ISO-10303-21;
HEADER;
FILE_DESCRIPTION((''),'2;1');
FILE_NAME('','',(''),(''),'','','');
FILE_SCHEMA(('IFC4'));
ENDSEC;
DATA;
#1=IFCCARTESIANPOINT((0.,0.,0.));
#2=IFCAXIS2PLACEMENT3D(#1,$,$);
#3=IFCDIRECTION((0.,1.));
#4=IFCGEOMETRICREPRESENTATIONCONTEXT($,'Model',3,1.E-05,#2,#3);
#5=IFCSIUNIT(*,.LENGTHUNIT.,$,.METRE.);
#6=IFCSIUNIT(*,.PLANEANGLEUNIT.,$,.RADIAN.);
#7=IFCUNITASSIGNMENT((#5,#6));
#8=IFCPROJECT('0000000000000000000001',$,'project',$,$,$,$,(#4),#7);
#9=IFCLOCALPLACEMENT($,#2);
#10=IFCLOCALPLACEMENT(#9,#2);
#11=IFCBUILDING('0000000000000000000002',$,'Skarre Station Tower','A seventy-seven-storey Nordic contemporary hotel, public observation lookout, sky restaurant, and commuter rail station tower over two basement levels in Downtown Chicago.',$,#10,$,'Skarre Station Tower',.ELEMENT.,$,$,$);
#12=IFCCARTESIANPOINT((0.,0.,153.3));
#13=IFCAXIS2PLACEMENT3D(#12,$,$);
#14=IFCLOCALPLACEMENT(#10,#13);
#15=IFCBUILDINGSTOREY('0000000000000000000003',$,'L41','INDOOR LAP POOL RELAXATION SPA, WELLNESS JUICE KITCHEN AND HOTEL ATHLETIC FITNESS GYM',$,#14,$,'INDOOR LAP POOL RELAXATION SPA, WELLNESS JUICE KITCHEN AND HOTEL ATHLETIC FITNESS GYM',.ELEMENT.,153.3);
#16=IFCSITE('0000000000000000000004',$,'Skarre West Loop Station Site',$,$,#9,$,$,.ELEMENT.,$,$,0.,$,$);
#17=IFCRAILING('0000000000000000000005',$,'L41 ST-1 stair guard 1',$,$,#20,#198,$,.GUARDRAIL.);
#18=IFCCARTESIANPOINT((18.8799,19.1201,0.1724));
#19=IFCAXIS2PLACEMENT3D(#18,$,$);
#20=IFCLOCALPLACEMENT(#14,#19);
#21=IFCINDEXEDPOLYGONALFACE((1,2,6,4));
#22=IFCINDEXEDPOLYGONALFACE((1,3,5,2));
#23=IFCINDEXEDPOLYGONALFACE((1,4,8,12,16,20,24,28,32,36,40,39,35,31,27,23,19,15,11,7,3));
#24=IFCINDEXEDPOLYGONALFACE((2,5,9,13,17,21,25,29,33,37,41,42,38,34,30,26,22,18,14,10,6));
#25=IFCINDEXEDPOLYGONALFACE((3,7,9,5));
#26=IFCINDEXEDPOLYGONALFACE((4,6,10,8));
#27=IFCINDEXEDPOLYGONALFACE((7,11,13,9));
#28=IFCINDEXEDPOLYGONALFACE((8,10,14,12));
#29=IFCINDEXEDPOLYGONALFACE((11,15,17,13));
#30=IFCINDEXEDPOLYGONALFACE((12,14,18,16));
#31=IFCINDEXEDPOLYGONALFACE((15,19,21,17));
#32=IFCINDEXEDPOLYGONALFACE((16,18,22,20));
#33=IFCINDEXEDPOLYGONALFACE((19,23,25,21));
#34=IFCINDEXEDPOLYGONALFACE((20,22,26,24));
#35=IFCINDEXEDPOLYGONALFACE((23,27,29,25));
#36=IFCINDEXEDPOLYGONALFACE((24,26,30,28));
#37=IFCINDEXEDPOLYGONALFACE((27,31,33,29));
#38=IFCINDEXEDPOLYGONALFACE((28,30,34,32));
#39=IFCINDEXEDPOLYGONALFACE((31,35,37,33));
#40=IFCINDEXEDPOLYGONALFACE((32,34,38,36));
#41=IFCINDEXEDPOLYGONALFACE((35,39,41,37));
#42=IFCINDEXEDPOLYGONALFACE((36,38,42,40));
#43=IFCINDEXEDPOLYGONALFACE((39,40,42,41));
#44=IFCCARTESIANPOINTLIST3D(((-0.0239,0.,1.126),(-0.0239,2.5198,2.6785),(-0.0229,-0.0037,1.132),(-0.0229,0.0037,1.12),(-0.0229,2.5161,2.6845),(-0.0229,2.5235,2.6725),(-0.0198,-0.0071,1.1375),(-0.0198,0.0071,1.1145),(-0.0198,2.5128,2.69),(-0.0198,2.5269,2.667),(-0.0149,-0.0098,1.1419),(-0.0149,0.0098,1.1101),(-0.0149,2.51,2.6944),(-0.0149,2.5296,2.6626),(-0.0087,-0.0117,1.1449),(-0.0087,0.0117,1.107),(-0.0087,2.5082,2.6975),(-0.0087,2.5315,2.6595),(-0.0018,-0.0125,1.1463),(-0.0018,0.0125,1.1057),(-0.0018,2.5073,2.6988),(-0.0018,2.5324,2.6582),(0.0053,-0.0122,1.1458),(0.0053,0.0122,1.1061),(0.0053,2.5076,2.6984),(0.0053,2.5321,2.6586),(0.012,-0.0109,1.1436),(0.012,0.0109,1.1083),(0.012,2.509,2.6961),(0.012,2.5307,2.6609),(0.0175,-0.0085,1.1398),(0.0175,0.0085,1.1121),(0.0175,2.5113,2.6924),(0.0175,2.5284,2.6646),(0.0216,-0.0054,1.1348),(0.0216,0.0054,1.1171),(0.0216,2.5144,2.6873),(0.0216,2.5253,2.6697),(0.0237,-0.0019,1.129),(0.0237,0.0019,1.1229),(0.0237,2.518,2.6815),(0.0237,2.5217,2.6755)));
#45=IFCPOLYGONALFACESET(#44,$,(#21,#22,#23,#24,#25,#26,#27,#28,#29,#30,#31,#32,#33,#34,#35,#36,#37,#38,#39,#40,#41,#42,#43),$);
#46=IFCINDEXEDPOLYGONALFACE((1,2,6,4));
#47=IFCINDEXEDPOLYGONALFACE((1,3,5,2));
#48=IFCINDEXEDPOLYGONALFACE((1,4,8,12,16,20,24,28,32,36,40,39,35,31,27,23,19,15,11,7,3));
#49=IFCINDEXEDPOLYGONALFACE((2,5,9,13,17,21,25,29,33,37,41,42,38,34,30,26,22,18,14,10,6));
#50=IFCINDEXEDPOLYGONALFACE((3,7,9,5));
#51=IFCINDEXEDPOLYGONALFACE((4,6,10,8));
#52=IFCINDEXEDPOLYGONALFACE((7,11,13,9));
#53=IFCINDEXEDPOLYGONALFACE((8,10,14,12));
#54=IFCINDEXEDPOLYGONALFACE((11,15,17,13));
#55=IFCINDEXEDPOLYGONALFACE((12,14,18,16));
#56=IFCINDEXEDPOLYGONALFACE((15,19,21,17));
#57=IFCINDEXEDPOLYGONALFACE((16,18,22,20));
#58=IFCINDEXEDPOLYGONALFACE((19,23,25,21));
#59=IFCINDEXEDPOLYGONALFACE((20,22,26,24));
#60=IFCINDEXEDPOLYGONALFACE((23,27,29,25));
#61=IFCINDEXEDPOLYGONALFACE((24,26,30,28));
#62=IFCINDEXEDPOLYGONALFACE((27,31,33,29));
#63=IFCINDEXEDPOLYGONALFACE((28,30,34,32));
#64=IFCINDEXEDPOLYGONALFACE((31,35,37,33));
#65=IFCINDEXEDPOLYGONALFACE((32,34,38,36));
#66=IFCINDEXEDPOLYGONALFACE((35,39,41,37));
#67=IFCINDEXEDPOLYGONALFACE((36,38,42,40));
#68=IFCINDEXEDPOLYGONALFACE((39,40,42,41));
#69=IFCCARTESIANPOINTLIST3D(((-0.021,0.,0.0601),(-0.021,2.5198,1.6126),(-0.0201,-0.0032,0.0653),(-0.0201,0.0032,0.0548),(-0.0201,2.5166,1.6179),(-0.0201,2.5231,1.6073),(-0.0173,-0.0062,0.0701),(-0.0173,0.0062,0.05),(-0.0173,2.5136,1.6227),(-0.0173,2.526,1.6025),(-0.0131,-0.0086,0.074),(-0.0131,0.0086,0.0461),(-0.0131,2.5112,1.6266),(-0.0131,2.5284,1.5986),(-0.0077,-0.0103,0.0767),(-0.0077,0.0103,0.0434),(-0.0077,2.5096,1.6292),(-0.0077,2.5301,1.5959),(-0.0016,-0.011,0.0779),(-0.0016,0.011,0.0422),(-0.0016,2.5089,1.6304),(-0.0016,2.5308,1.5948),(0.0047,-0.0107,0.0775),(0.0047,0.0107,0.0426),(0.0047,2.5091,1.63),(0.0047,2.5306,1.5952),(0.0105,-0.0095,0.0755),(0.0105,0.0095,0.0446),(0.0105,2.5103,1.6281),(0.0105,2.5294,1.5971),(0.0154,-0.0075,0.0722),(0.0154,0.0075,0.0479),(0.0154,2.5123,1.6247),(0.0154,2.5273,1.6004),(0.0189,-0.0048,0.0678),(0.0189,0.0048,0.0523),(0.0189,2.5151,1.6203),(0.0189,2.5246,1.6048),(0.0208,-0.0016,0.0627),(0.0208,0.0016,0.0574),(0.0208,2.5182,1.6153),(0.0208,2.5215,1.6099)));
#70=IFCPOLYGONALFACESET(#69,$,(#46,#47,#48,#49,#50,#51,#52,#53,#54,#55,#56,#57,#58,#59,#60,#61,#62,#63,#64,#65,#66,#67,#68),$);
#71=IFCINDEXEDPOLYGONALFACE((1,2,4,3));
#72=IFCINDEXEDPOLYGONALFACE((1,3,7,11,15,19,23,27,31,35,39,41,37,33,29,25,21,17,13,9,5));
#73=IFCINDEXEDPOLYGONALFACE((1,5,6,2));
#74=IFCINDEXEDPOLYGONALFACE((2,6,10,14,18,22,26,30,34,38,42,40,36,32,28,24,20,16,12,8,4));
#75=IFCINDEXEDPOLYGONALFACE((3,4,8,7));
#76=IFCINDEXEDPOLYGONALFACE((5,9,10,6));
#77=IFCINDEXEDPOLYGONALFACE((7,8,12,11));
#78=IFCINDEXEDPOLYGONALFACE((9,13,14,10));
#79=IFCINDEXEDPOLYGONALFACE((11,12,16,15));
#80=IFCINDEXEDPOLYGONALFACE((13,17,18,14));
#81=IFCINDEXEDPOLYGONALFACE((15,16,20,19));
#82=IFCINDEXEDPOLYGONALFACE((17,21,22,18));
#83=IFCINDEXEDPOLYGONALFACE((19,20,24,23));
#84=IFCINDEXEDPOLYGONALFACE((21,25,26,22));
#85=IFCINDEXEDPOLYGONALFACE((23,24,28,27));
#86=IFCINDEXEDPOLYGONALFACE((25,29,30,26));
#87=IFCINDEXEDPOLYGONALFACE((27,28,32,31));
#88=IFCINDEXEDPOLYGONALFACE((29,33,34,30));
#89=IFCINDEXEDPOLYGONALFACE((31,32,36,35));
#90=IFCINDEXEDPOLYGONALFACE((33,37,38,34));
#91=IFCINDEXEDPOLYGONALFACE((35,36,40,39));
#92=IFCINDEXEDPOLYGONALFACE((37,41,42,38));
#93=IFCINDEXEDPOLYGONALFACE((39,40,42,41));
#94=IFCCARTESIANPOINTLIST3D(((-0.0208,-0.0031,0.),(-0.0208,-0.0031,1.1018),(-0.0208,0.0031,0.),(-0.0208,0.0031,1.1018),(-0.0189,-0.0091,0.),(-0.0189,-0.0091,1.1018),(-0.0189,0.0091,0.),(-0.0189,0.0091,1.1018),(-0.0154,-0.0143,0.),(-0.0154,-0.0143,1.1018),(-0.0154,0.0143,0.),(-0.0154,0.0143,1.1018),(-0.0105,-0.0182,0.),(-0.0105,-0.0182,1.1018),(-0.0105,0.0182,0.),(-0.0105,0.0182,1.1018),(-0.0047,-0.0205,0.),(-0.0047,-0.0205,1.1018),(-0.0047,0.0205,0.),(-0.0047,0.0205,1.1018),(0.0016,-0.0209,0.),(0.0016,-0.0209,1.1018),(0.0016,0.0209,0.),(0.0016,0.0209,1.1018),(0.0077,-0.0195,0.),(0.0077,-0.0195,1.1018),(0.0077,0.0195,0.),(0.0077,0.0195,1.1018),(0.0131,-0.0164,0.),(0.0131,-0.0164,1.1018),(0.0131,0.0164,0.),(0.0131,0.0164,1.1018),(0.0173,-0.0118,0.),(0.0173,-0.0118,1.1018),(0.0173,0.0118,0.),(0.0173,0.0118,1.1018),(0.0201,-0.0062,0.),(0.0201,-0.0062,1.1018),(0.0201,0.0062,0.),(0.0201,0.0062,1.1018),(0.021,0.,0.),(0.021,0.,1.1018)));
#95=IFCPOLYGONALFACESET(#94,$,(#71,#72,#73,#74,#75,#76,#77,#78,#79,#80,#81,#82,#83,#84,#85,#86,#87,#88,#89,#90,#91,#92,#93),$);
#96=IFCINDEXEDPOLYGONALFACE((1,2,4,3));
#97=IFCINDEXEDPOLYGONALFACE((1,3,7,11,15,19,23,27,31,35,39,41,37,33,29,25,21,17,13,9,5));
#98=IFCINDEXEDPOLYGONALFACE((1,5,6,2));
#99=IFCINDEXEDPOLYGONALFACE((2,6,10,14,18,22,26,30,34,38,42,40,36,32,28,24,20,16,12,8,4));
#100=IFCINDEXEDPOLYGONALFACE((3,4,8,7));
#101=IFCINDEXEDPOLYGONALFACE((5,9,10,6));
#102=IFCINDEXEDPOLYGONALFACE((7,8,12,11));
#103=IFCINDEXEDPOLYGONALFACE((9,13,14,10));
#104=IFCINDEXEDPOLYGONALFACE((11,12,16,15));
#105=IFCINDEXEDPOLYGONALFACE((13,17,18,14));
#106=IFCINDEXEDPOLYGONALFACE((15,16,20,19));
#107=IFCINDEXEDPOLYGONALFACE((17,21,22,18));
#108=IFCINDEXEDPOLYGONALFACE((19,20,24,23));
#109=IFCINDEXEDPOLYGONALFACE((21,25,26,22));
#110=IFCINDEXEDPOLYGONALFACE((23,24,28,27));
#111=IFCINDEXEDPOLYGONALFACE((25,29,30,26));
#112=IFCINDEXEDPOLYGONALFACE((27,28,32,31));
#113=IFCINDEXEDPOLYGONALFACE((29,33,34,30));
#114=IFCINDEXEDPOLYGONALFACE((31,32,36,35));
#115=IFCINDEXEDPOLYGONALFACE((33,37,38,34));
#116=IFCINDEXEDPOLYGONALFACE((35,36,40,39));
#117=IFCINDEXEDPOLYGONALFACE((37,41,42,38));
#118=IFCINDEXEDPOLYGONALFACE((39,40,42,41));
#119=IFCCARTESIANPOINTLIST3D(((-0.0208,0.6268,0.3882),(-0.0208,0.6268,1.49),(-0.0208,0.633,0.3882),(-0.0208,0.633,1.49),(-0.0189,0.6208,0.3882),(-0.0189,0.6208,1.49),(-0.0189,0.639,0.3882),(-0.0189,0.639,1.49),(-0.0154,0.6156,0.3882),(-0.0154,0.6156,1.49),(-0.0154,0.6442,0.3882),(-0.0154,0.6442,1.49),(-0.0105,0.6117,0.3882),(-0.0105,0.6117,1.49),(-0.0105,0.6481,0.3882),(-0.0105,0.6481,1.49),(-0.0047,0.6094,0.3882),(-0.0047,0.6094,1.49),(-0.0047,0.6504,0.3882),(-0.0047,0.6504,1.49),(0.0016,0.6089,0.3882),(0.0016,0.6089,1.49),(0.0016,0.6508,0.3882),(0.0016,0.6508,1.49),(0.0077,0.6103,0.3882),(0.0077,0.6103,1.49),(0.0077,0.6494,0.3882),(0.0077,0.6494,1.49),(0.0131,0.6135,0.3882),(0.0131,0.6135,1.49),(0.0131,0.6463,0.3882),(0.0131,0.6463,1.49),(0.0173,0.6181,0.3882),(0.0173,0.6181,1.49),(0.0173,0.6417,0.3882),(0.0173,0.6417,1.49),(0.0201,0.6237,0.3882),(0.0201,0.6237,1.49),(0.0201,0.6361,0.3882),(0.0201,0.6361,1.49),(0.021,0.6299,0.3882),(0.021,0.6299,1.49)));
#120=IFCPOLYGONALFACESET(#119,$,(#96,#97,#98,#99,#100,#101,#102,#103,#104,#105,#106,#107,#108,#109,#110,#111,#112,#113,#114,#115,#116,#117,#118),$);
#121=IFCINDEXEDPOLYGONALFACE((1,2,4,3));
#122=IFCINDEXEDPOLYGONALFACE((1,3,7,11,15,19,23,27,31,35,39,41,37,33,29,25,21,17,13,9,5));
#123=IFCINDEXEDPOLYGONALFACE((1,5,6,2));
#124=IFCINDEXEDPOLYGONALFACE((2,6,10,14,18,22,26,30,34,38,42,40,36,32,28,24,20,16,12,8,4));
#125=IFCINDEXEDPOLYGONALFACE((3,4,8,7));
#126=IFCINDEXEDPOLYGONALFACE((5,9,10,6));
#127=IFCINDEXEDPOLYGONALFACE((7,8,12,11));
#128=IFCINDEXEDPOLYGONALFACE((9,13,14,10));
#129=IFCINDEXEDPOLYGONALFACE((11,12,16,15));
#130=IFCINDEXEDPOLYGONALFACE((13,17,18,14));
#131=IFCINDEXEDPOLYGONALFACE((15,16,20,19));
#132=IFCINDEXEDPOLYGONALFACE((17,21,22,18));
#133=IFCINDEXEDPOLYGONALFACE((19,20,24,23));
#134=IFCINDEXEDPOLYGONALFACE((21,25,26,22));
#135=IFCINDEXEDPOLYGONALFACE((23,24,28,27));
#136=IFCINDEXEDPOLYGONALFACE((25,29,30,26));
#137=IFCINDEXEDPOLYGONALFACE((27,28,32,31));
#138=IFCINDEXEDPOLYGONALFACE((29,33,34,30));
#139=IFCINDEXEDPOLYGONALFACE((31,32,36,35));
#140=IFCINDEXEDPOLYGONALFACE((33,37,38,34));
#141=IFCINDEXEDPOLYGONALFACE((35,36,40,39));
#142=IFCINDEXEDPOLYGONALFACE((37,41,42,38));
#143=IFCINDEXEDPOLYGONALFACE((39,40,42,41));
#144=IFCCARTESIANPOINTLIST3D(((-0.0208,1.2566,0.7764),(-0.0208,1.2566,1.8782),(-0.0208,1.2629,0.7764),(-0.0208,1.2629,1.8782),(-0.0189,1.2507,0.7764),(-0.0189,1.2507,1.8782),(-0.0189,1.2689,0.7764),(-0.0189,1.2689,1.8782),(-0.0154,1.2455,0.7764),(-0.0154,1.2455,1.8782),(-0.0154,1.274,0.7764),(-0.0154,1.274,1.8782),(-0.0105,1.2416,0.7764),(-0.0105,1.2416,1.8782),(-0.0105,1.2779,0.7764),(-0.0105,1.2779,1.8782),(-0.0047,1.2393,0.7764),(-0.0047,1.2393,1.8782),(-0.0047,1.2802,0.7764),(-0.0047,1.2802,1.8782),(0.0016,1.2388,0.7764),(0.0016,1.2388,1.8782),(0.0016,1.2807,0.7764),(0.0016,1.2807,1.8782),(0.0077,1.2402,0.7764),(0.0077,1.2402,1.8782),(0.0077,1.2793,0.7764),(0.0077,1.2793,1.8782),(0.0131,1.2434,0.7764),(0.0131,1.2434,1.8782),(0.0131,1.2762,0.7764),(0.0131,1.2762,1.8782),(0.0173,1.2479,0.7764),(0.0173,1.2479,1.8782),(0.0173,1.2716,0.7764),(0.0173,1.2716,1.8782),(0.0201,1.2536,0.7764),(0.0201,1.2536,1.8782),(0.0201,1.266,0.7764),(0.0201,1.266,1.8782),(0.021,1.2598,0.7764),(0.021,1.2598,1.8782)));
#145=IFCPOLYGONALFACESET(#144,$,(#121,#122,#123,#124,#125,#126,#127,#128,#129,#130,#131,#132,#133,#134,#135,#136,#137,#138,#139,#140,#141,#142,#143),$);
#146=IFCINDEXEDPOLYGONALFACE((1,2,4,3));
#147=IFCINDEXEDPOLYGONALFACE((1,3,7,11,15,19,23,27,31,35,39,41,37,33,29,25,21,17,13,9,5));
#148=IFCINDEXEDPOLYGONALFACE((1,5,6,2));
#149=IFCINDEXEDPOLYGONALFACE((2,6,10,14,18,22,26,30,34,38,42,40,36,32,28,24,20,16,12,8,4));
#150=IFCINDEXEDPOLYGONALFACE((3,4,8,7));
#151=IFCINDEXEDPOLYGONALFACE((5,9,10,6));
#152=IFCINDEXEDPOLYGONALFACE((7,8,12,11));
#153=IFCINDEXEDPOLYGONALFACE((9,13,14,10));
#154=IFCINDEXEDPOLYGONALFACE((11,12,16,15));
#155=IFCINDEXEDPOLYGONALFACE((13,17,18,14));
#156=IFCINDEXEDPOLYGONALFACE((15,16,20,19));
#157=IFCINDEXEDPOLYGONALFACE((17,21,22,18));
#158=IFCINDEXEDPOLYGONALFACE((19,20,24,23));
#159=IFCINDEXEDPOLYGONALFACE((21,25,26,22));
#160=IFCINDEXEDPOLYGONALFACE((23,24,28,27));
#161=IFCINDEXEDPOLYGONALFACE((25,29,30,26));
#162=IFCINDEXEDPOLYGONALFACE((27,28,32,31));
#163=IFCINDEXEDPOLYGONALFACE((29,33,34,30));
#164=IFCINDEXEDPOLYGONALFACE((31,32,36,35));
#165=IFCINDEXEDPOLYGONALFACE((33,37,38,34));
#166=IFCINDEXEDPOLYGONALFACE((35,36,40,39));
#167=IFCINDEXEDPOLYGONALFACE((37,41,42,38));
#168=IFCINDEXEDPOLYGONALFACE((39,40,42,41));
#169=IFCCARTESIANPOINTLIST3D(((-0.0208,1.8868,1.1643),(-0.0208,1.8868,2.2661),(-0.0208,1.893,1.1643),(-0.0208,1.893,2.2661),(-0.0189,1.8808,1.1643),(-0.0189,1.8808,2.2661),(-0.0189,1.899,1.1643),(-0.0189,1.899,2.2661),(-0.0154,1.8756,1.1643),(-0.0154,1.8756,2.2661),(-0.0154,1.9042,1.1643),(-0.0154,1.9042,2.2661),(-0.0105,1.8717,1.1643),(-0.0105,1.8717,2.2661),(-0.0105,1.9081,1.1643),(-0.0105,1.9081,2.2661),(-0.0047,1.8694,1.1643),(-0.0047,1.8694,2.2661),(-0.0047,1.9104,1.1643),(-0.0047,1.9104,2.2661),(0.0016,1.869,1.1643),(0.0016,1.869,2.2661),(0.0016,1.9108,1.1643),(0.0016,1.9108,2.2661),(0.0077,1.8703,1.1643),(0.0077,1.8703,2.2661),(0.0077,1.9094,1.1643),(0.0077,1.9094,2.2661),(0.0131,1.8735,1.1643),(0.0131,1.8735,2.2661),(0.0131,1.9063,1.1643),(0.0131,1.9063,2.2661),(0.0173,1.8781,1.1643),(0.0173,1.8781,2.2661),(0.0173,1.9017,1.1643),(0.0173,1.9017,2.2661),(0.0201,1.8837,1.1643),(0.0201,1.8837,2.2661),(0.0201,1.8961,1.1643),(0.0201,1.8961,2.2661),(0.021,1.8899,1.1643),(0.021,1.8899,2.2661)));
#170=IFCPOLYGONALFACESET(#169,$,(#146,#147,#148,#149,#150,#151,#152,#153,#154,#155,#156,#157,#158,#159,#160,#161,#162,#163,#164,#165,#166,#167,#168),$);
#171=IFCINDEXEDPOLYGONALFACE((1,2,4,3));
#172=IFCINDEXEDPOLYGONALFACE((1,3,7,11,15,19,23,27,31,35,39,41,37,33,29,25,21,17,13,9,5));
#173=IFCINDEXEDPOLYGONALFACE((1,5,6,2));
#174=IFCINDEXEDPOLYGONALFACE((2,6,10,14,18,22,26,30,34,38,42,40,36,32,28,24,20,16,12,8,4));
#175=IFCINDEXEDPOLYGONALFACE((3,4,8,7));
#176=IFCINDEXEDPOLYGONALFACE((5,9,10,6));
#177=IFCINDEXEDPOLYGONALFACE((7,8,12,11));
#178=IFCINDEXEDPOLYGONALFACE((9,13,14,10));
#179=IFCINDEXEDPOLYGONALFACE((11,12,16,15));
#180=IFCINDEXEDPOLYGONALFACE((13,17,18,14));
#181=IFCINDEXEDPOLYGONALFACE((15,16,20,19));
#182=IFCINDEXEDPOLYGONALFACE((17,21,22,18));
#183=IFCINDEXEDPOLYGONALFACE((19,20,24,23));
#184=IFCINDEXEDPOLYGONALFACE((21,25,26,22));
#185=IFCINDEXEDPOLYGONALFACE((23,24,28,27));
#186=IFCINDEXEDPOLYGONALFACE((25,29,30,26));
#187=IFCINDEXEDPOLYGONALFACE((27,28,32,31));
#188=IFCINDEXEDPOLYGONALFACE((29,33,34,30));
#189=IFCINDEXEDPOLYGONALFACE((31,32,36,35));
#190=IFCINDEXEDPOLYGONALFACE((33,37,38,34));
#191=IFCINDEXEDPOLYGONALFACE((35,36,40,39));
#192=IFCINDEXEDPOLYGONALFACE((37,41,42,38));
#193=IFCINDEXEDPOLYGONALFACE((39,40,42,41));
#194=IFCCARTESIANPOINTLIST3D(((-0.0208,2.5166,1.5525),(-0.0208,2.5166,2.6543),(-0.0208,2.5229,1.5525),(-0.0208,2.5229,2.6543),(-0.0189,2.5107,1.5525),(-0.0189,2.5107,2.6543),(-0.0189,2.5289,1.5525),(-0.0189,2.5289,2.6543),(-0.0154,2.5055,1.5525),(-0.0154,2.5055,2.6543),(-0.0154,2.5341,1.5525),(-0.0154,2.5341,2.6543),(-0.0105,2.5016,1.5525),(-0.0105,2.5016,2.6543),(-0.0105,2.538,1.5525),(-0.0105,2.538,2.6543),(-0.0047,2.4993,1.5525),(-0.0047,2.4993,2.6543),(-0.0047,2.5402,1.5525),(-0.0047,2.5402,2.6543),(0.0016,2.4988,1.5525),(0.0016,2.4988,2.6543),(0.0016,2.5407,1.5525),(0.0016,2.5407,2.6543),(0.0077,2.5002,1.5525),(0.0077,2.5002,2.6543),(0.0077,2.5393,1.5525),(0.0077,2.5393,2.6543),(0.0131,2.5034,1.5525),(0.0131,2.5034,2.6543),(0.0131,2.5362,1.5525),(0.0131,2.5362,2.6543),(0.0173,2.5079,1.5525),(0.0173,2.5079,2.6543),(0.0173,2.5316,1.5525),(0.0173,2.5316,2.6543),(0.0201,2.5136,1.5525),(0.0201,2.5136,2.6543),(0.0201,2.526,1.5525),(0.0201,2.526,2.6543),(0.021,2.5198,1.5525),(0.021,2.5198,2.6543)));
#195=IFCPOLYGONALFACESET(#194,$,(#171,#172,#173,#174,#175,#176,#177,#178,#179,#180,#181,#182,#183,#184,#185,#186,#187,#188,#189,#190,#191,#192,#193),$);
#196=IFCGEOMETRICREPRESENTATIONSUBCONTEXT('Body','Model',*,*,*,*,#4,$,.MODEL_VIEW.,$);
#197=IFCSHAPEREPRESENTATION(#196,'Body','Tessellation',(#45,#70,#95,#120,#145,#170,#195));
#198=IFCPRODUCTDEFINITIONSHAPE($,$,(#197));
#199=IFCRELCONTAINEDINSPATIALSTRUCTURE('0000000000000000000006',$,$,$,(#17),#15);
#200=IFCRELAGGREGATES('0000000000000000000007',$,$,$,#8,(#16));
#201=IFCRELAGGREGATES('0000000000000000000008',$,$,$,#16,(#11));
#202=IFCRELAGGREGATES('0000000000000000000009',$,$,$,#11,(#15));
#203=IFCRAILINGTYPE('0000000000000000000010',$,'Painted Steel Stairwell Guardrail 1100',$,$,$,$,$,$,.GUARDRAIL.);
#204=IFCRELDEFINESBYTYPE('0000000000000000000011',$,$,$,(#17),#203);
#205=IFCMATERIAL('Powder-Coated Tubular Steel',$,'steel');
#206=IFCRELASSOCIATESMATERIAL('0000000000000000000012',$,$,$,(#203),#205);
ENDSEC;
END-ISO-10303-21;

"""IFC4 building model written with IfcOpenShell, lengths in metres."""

from ifc_helpers import new_model, si_unit, direction, frame, origin, origin_2d, place, context, subcontext, project, spatial, circle, extrude, material, type_object, element, save


model = new_model("IFC4")

# Units and contexts
model_context = context("Model", 3, precision=1e-05, world=origin(), true_north=direction((0.0, 1.0)))
body_context = subcontext(model_context, "Body", "Model", "MODEL_VIEW")
ifc_project = project(units=[si_unit("LENGTHUNIT", "METRE"), si_unit("PLANEANGLEUNIT", "RADIAN")], contexts=[model_context])

# Site, building, storey
site_placement = place(None, origin())
site = spatial("IfcSite", under=ifc_project, at=site_placement, Name="Skarre West Loop Station Site", CompositionType="ELEMENT", RefElevation=0.0)
building_placement = place(site_placement, origin())
building = spatial("IfcBuilding", under=site, at=building_placement, Name="Skarre Station Tower", Description="A seventy-seven-storey Nordic contemporary hotel, public observation lookout, sky restaurant, and commuter rail station tower over two basement levels in Downtown Chicago.", LongName="Skarre Station Tower", CompositionType="ELEMENT")
storey_placement = place(building_placement, frame((0.0, 0.0, 153.3)))
storey = spatial("IfcBuildingStorey", under=building, at=storey_placement, Name="L41", Description="INDOOR LAP POOL RELAXATION SPA, WELLNESS JUICE KITCHEN AND HOTEL ATHLETIC FITNESS GYM", LongName="INDOOR LAP POOL RELAXATION SPA, WELLNESS JUICE KITCHEN AND HOTEL ATHLETIC FITNESS GYM", CompositionType="ELEMENT", Elevation=153.3)

# Railing
ifc_material_1 = material(Name="Powder-Coated Tubular Steel", Category="steel")
railing_type_1 = type_object("IfcRailingType", Name="Painted Steel Stairwell Guardrail 1100", PredefinedType="GUARDRAIL", material=ifc_material_1)
railing_1_placement = place(storey_placement, frame((18.8799, 19.1201, 0.1724)))
element("IfcRailing", 1, at=railing_1_placement, inside=storey, type_object=railing_type_1, Name="L41 ST-1 stair guard 1", PredefinedType="GUARDRAIL", context=body_context, shape_type="SweptSolid", body=[
    extrude(circle(Radius=0.0239, at=origin_2d()), frame((0.0, 0.0, 1.126), z_axis=(0.0, 0.851378, 0.524553), x_axis=(-1.0, 0.0, 0.0)), (0.0, 0.0, 1.0), 2.9597),
    extrude(circle(Radius=0.021, at=origin_2d()), frame((0.0, 0.0, 0.0601), z_axis=(0.0, 0.851378, 0.524553), x_axis=(-1.0, 0.0, 0.0)), (0.0, 0.0, 1.0), 2.9597),
    extrude(circle(Radius=0.021, at=origin_2d()), origin(), (0.0, 0.0, 1.0), 1.1018),
    extrude(circle(Radius=0.021, at=origin_2d()), frame((0.0, 0.6299, 0.3882)), (0.0, 0.0, 1.0), 1.1018),
    extrude(circle(Radius=0.021, at=origin_2d()), frame((0.0, 1.2598, 0.7764)), (0.0, 0.0, 1.0), 1.1018),
    extrude(circle(Radius=0.021, at=origin_2d()), frame((0.0, 1.8899, 1.1643)), (0.0, 0.0, 1.0), 1.1018),
    extrude(circle(Radius=0.021, at=origin_2d()), frame((0.0, 2.5198, 1.5525)), (0.0, 0.0, 1.0), 1.1018),
])

save(model, "model.ifc")
